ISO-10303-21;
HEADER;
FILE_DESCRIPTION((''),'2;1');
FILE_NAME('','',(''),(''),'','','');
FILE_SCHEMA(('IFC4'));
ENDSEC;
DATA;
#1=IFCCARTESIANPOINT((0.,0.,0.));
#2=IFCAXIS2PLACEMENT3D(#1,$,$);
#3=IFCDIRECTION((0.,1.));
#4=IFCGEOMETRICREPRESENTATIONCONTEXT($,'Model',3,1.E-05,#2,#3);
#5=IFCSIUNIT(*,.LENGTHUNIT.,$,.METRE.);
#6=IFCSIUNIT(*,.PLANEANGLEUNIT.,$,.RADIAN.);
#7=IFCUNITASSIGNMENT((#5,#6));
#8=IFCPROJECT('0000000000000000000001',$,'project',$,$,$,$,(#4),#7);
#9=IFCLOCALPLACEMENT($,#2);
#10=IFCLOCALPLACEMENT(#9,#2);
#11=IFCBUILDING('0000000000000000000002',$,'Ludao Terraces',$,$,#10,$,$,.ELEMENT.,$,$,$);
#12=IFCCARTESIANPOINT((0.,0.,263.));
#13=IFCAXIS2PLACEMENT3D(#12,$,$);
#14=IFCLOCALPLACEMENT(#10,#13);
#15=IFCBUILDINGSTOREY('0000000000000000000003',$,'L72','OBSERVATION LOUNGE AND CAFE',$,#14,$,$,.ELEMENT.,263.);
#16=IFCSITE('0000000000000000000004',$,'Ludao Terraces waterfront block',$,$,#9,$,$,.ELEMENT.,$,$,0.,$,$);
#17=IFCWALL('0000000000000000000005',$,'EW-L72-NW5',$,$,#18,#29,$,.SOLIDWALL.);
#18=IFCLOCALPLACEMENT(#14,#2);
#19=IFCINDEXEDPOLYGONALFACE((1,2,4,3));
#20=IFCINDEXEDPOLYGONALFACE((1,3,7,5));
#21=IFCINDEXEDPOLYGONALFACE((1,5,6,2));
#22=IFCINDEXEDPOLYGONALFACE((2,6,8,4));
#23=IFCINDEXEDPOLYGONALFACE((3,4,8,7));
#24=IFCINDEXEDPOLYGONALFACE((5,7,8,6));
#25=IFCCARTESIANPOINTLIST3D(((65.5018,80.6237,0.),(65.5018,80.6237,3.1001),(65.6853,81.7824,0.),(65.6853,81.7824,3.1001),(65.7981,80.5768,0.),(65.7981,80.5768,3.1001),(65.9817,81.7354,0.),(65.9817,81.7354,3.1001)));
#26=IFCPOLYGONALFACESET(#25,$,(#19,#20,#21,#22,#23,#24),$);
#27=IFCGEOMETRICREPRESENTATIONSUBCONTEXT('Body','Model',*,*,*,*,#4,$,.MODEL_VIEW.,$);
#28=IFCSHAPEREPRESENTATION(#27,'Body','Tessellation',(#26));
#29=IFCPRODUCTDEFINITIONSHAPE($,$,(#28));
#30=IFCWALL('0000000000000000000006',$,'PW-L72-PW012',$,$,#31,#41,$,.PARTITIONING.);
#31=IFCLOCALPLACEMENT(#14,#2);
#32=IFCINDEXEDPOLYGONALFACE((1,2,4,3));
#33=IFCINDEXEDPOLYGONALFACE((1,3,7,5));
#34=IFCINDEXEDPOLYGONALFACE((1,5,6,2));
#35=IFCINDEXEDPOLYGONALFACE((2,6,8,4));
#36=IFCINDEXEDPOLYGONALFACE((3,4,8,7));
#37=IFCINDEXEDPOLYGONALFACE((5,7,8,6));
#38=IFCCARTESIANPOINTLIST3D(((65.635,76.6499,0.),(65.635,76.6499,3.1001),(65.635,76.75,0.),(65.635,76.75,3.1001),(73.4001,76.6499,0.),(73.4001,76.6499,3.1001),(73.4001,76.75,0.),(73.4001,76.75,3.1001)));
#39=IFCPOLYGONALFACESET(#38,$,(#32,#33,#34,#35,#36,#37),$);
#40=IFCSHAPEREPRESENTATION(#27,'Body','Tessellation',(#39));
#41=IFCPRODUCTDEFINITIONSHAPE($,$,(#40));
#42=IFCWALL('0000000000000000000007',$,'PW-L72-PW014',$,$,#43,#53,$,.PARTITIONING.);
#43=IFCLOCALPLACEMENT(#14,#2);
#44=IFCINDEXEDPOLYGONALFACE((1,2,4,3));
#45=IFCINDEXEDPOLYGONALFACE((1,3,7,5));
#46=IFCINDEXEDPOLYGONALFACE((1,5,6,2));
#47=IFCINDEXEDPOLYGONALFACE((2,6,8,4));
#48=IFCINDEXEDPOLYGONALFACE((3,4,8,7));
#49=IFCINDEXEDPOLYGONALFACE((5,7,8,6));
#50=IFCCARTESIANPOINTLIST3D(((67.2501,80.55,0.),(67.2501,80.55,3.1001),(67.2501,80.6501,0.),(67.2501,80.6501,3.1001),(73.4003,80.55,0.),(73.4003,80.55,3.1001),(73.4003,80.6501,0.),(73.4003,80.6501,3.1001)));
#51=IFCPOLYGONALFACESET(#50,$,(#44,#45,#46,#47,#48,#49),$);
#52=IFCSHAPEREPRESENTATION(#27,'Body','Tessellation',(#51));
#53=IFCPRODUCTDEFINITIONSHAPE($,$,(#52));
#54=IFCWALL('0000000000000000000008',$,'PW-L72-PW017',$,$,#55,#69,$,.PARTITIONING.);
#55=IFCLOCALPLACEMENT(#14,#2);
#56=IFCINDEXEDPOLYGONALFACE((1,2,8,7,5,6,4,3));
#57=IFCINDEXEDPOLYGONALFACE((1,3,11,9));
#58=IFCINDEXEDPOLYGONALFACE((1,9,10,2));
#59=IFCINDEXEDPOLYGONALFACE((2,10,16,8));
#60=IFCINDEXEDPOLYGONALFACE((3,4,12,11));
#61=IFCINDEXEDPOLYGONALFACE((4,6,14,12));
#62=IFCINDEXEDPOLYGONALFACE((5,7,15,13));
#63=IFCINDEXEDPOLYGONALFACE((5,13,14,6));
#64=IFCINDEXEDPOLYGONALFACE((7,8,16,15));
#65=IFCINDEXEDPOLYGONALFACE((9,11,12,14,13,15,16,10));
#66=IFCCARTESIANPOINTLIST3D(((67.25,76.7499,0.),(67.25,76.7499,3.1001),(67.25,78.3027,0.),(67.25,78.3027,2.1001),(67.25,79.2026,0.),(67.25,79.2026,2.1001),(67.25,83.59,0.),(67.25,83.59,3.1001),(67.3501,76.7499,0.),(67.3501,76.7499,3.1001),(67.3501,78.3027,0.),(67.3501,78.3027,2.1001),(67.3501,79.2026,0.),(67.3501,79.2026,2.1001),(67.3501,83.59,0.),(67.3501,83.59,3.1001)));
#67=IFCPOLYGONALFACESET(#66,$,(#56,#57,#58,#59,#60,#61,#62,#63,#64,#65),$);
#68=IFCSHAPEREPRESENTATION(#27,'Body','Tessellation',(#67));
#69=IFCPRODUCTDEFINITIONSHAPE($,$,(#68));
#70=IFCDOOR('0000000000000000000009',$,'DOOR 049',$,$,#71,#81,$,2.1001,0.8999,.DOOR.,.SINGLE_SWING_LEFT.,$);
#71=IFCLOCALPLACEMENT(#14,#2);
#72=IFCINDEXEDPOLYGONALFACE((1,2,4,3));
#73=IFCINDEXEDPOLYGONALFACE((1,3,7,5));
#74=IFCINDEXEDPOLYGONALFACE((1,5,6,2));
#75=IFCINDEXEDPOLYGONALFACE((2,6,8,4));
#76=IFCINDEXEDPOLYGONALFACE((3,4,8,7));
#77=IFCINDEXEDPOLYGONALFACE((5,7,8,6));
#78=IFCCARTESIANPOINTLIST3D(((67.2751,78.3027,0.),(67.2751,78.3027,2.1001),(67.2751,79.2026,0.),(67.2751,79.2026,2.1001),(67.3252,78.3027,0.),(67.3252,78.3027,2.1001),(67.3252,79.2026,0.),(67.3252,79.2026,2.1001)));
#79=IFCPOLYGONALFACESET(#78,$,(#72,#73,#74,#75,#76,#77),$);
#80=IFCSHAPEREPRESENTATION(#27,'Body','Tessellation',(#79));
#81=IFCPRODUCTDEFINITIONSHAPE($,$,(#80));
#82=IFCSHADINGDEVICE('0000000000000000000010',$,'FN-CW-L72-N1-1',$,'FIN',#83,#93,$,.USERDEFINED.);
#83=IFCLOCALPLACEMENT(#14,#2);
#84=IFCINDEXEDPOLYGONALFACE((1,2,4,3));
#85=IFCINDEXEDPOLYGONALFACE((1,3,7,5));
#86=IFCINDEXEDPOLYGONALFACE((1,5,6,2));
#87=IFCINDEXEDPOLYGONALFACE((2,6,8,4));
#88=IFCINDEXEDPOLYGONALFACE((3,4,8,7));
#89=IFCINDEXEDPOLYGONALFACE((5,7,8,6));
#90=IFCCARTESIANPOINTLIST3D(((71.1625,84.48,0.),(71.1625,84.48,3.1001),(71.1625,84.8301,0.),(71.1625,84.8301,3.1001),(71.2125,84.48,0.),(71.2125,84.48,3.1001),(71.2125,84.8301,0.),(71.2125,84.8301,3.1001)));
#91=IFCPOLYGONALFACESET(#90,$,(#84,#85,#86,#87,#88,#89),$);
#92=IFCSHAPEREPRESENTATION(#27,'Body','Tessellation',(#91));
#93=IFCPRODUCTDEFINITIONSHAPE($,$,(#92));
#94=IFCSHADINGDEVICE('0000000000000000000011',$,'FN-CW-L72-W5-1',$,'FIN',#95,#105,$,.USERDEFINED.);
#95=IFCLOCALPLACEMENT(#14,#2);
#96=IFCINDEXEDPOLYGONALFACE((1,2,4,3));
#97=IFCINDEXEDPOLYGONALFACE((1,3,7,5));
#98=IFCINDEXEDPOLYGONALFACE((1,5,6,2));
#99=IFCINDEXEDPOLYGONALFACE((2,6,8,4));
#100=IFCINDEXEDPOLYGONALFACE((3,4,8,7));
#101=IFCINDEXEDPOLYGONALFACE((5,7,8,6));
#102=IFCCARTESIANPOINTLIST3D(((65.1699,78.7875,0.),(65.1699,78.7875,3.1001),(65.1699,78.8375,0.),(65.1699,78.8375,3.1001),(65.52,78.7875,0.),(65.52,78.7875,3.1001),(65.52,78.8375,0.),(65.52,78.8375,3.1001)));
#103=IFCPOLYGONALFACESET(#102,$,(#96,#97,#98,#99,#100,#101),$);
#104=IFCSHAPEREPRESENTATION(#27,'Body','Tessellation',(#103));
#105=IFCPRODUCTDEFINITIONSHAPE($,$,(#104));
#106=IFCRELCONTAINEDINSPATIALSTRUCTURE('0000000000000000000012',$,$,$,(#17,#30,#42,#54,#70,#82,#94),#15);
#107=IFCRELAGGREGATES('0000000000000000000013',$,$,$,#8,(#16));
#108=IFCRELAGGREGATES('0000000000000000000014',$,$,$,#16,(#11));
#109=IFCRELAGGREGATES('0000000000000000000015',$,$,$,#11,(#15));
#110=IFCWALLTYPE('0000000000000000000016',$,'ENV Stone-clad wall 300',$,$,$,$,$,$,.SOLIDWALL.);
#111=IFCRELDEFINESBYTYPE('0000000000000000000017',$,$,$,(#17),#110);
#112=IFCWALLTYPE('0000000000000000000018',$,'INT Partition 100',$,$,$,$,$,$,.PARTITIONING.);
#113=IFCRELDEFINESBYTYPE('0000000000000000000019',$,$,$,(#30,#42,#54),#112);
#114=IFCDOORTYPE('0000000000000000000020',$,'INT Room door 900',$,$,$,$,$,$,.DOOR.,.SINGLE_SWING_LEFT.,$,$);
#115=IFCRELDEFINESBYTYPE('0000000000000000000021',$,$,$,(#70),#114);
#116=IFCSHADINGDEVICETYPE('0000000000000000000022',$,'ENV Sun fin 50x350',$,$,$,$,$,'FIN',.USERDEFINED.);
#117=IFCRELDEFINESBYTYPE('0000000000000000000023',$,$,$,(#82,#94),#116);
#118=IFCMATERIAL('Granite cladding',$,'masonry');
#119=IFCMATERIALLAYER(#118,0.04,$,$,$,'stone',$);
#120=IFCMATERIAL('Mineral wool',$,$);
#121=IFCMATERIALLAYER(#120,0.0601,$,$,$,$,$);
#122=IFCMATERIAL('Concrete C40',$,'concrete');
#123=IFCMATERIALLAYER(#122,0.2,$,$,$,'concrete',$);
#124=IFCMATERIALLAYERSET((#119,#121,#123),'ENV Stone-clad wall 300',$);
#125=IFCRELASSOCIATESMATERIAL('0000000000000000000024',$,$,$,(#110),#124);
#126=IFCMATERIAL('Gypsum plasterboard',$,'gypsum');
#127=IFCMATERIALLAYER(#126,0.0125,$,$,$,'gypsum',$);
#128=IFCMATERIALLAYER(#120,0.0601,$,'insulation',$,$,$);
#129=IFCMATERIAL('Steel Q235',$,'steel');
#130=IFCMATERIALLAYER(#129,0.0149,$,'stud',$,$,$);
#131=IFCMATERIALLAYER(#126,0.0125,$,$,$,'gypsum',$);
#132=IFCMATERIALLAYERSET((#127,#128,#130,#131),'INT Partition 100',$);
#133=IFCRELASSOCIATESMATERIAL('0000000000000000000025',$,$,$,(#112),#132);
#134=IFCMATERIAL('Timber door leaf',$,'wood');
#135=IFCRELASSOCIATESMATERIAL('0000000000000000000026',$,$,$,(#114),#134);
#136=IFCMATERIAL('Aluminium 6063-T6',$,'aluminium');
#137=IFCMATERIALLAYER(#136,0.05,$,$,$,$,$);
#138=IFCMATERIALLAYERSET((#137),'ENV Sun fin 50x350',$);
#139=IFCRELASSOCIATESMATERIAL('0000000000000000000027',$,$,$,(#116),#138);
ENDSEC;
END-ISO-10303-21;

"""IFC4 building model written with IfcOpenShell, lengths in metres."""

from ifc_helpers import new_model, si_unit, direction, frame, frame_2d, origin, origin_2d, place, context, subcontext, project, spatial, rectangle, extrude, material, layer, layer_set, type_object, element, fill, save


model = new_model("IFC4")

# Units and contexts
model_context = context("Model", 3, precision=1e-05, world=origin(), true_north=direction((0.0, 1.0)))
body_context = subcontext(model_context, "Body", "Model", "MODEL_VIEW")
ifc_project = project(units=[si_unit("LENGTHUNIT", "METRE"), si_unit("PLANEANGLEUNIT", "RADIAN")], contexts=[model_context])

# Site, building, storey
site_placement = place(None, origin())
site = spatial("IfcSite", under=ifc_project, at=site_placement, Name="Ludao Terraces waterfront block", CompositionType="ELEMENT", RefElevation=0.0)
building_placement = place(site_placement, origin())
building = spatial("IfcBuilding", under=site, at=building_placement, Name="Ludao Terraces", CompositionType="ELEMENT")
storey_placement = place(building_placement, frame((0.0, 0.0, 263.0)))
storey = spatial("IfcBuildingStorey", under=building, at=storey_placement, Name="L72", Description="OBSERVATION LOUNGE AND CAFE", CompositionType="ELEMENT", Elevation=263.0)

# Shared definitions
ifc_material_1 = material(Name="Concrete C40", Category="concrete")

# Shared definitions
ifc_material_2 = material(Name="Aluminium 6063-T6", Category="aluminium")

# Walls
ifc_material_3 = material(Name="Granite cladding", Category="masonry")
ifc_layer_1 = layer(ifc_material_3, 0.04, Category="stone")
ifc_material_4 = material(Name="Mineral wool")
ifc_layer_2 = layer(ifc_material_4, 0.0601)
ifc_layer_3 = layer(ifc_material_1, 0.2, Category="concrete")
ifc_layer_set_1 = layer_set([ifc_layer_1, ifc_layer_2, ifc_layer_3], Name="ENV Stone-clad wall 300")
wall_type_1 = type_object("IfcWallType", Name="ENV Stone-clad wall 300", PredefinedType="SOLIDWALL", material=ifc_layer_set_1)
wall_1_placement = place(storey_placement, frame((65.8335, 81.7588, 0.0), z_axis=(0.0, 0.0, 1.0), x_axis=(-0.156497, -0.987678, 0.0)))
element("IfcWall", 1, at=wall_1_placement, inside=storey, type_object=wall_type_1, Name="EW-L72-NW5", PredefinedType="SOLIDWALL", context=body_context, shape_type="SweptSolid", body=[
    extrude(rectangle(XDim=1.1731, YDim=0.3, at=frame_2d((0.5864, 0.0))), origin(), (0.0, 0.0, 1.0), 3.1001),
])
ifc_material_5 = material(Name="Gypsum plasterboard", Category="gypsum")
ifc_layer_4 = layer(ifc_material_5, 0.0125, Category="gypsum")
ifc_layer_5 = layer(ifc_material_4, 0.0601, Name="insulation")
ifc_material_6 = material(Name="Steel Q235", Category="steel")
ifc_layer_6 = layer(ifc_material_6, 0.0149, Name="stud")
ifc_layer_7 = layer(ifc_material_5, 0.0125, Category="gypsum")
ifc_layer_set_2 = layer_set([ifc_layer_4, ifc_layer_5, ifc_layer_6, ifc_layer_7], Name="INT Partition 100")
wall_type_2 = type_object("IfcWallType", Name="INT Partition 100", PredefinedType="PARTITIONING", material=ifc_layer_set_2)
wall_2_placement = place(storey_placement, frame((65.635, 76.7, 0.0), z_axis=(0.0, 0.0, 1.0), x_axis=(1.0, 0.0, 0.0)))
element("IfcWall", 2, at=wall_2_placement, inside=storey, type_object=wall_type_2, Name="PW-L72-PW012", PredefinedType="PARTITIONING", context=body_context, shape_type="SweptSolid", body=[
    extrude(rectangle(XDim=7.7651, YDim=0.1001, at=frame_2d((3.8826, 0.0))), origin(), (0.0, 0.0, 1.0), 3.1001),
])
wall_3_placement = place(storey_placement, frame((67.25, 80.6001, 0.0), z_axis=(0.0, 0.0, 1.0), x_axis=(1.0, 0.0, 0.0)))
element("IfcWall", 3, at=wall_3_placement, inside=storey, type_object=wall_type_2, Name="PW-L72-PW014", PredefinedType="PARTITIONING", context=body_context, shape_type="SweptSolid", body=[
    extrude(rectangle(XDim=6.1501, YDim=0.1001, at=frame_2d((3.0752, 0.0))), origin(), (0.0, 0.0, 1.0), 3.1001),
])

# Wall, opening, door
wall_4_placement = place(storey_placement, frame((67.3, 76.75, 0.0), z_axis=(0.0, 0.0, 1.0), x_axis=(0.0, 1.0, 0.0)))
wall_4 = element("IfcWall", 4, at=wall_4_placement, inside=storey, type_object=wall_type_2, Name="PW-L72-PW017", PredefinedType="PARTITIONING", context=body_context, shape_type="SweptSolid", body=[
    extrude(rectangle(XDim=6.8401, YDim=0.1001, at=frame_2d((3.4199, 0.0))), origin(), (0.0, 0.0, 1.0), 3.1001),
])
opening_placement = place(wall_4_placement, frame((1.5527, 0.0, 0.0)))
opening = element("IfcOpeningElement", 5, at=opening_placement, cuts=wall_4, PredefinedType="OPENING", context=body_context, shape_type="SweptSolid", body=[
    extrude(rectangle(XDim=0.8999, YDim=2.1001, at=frame_2d((0.45, 1.05))), frame((0.0, 0.0601, 0.0), z_axis=(0.0, -1.0, 0.0), x_axis=(1.0, 0.0, 0.0)), (0.0, 0.0, 1.0), 0.1201),
])
ifc_material_7 = material(Name="Timber door leaf", Category="wood")
door_type = type_object("IfcDoorType", Name="INT Room door 900", OperationType="SINGLE_SWING_LEFT", PredefinedType="DOOR", material=ifc_material_7)
door_placement = place(opening_placement, origin())
door = element("IfcDoor", 6, at=door_placement, inside=storey, type_object=door_type, Name="DOOR 049", OperationType="SINGLE_SWING_LEFT", OverallHeight=2.1001, OverallWidth=0.8999, PredefinedType="DOOR", context=body_context, shape_type="SweptSolid", body=[
    extrude(rectangle(XDim=0.8999, YDim=2.1001, at=frame_2d((0.45, 1.05))), frame((0.0, 0.0249, 0.0), z_axis=(0.0, -1.0, 0.0), x_axis=(1.0, 0.0, 0.0)), (0.0, 0.0, 1.0), 0.05),
])
fill(opening, door)

# Shading devices
ifc_layer_8 = layer(ifc_material_2, 0.05)
ifc_layer_set_3 = layer_set([ifc_layer_8], Name="ENV Sun fin 50x350")
shading_device_type = type_object("IfcShadingDeviceType", Name="ENV Sun fin 50x350", ElementType="FIN", PredefinedType="USERDEFINED", material=ifc_layer_set_3)
shading_device_1_placement = place(storey_placement, frame((71.1875, 84.655, 0.0), z_axis=(0.0, 0.0, 1.0), x_axis=(1.0, 0.0, 0.0)))
element("IfcShadingDevice", 7, at=shading_device_1_placement, inside=storey, type_object=shading_device_type, Name="FN-CW-L72-N1-1", ObjectType="FIN", PredefinedType="USERDEFINED", context=body_context, shape_type="SweptSolid", body=[
    extrude(rectangle(XDim=0.05, YDim=0.3501, at=origin_2d()), origin(), (0.0, 0.0, 1.0), 3.1001),
])
shading_device_2_placement = place(storey_placement, frame((65.345, 78.8125, 0.0), z_axis=(0.0, 0.0, 1.0), x_axis=(1.0, 0.0, 0.0)))
element("IfcShadingDevice", 8, at=shading_device_2_placement, inside=storey, type_object=shading_device_type, Name="FN-CW-L72-W5-1", ObjectType="FIN", PredefinedType="USERDEFINED", context=body_context, shape_type="SweptSolid", body=[
    extrude(rectangle(XDim=0.3501, YDim=0.05, at=origin_2d()), origin(), (0.0, 0.0, 1.0), 3.1001),
])

save(model, "model.ifc")
